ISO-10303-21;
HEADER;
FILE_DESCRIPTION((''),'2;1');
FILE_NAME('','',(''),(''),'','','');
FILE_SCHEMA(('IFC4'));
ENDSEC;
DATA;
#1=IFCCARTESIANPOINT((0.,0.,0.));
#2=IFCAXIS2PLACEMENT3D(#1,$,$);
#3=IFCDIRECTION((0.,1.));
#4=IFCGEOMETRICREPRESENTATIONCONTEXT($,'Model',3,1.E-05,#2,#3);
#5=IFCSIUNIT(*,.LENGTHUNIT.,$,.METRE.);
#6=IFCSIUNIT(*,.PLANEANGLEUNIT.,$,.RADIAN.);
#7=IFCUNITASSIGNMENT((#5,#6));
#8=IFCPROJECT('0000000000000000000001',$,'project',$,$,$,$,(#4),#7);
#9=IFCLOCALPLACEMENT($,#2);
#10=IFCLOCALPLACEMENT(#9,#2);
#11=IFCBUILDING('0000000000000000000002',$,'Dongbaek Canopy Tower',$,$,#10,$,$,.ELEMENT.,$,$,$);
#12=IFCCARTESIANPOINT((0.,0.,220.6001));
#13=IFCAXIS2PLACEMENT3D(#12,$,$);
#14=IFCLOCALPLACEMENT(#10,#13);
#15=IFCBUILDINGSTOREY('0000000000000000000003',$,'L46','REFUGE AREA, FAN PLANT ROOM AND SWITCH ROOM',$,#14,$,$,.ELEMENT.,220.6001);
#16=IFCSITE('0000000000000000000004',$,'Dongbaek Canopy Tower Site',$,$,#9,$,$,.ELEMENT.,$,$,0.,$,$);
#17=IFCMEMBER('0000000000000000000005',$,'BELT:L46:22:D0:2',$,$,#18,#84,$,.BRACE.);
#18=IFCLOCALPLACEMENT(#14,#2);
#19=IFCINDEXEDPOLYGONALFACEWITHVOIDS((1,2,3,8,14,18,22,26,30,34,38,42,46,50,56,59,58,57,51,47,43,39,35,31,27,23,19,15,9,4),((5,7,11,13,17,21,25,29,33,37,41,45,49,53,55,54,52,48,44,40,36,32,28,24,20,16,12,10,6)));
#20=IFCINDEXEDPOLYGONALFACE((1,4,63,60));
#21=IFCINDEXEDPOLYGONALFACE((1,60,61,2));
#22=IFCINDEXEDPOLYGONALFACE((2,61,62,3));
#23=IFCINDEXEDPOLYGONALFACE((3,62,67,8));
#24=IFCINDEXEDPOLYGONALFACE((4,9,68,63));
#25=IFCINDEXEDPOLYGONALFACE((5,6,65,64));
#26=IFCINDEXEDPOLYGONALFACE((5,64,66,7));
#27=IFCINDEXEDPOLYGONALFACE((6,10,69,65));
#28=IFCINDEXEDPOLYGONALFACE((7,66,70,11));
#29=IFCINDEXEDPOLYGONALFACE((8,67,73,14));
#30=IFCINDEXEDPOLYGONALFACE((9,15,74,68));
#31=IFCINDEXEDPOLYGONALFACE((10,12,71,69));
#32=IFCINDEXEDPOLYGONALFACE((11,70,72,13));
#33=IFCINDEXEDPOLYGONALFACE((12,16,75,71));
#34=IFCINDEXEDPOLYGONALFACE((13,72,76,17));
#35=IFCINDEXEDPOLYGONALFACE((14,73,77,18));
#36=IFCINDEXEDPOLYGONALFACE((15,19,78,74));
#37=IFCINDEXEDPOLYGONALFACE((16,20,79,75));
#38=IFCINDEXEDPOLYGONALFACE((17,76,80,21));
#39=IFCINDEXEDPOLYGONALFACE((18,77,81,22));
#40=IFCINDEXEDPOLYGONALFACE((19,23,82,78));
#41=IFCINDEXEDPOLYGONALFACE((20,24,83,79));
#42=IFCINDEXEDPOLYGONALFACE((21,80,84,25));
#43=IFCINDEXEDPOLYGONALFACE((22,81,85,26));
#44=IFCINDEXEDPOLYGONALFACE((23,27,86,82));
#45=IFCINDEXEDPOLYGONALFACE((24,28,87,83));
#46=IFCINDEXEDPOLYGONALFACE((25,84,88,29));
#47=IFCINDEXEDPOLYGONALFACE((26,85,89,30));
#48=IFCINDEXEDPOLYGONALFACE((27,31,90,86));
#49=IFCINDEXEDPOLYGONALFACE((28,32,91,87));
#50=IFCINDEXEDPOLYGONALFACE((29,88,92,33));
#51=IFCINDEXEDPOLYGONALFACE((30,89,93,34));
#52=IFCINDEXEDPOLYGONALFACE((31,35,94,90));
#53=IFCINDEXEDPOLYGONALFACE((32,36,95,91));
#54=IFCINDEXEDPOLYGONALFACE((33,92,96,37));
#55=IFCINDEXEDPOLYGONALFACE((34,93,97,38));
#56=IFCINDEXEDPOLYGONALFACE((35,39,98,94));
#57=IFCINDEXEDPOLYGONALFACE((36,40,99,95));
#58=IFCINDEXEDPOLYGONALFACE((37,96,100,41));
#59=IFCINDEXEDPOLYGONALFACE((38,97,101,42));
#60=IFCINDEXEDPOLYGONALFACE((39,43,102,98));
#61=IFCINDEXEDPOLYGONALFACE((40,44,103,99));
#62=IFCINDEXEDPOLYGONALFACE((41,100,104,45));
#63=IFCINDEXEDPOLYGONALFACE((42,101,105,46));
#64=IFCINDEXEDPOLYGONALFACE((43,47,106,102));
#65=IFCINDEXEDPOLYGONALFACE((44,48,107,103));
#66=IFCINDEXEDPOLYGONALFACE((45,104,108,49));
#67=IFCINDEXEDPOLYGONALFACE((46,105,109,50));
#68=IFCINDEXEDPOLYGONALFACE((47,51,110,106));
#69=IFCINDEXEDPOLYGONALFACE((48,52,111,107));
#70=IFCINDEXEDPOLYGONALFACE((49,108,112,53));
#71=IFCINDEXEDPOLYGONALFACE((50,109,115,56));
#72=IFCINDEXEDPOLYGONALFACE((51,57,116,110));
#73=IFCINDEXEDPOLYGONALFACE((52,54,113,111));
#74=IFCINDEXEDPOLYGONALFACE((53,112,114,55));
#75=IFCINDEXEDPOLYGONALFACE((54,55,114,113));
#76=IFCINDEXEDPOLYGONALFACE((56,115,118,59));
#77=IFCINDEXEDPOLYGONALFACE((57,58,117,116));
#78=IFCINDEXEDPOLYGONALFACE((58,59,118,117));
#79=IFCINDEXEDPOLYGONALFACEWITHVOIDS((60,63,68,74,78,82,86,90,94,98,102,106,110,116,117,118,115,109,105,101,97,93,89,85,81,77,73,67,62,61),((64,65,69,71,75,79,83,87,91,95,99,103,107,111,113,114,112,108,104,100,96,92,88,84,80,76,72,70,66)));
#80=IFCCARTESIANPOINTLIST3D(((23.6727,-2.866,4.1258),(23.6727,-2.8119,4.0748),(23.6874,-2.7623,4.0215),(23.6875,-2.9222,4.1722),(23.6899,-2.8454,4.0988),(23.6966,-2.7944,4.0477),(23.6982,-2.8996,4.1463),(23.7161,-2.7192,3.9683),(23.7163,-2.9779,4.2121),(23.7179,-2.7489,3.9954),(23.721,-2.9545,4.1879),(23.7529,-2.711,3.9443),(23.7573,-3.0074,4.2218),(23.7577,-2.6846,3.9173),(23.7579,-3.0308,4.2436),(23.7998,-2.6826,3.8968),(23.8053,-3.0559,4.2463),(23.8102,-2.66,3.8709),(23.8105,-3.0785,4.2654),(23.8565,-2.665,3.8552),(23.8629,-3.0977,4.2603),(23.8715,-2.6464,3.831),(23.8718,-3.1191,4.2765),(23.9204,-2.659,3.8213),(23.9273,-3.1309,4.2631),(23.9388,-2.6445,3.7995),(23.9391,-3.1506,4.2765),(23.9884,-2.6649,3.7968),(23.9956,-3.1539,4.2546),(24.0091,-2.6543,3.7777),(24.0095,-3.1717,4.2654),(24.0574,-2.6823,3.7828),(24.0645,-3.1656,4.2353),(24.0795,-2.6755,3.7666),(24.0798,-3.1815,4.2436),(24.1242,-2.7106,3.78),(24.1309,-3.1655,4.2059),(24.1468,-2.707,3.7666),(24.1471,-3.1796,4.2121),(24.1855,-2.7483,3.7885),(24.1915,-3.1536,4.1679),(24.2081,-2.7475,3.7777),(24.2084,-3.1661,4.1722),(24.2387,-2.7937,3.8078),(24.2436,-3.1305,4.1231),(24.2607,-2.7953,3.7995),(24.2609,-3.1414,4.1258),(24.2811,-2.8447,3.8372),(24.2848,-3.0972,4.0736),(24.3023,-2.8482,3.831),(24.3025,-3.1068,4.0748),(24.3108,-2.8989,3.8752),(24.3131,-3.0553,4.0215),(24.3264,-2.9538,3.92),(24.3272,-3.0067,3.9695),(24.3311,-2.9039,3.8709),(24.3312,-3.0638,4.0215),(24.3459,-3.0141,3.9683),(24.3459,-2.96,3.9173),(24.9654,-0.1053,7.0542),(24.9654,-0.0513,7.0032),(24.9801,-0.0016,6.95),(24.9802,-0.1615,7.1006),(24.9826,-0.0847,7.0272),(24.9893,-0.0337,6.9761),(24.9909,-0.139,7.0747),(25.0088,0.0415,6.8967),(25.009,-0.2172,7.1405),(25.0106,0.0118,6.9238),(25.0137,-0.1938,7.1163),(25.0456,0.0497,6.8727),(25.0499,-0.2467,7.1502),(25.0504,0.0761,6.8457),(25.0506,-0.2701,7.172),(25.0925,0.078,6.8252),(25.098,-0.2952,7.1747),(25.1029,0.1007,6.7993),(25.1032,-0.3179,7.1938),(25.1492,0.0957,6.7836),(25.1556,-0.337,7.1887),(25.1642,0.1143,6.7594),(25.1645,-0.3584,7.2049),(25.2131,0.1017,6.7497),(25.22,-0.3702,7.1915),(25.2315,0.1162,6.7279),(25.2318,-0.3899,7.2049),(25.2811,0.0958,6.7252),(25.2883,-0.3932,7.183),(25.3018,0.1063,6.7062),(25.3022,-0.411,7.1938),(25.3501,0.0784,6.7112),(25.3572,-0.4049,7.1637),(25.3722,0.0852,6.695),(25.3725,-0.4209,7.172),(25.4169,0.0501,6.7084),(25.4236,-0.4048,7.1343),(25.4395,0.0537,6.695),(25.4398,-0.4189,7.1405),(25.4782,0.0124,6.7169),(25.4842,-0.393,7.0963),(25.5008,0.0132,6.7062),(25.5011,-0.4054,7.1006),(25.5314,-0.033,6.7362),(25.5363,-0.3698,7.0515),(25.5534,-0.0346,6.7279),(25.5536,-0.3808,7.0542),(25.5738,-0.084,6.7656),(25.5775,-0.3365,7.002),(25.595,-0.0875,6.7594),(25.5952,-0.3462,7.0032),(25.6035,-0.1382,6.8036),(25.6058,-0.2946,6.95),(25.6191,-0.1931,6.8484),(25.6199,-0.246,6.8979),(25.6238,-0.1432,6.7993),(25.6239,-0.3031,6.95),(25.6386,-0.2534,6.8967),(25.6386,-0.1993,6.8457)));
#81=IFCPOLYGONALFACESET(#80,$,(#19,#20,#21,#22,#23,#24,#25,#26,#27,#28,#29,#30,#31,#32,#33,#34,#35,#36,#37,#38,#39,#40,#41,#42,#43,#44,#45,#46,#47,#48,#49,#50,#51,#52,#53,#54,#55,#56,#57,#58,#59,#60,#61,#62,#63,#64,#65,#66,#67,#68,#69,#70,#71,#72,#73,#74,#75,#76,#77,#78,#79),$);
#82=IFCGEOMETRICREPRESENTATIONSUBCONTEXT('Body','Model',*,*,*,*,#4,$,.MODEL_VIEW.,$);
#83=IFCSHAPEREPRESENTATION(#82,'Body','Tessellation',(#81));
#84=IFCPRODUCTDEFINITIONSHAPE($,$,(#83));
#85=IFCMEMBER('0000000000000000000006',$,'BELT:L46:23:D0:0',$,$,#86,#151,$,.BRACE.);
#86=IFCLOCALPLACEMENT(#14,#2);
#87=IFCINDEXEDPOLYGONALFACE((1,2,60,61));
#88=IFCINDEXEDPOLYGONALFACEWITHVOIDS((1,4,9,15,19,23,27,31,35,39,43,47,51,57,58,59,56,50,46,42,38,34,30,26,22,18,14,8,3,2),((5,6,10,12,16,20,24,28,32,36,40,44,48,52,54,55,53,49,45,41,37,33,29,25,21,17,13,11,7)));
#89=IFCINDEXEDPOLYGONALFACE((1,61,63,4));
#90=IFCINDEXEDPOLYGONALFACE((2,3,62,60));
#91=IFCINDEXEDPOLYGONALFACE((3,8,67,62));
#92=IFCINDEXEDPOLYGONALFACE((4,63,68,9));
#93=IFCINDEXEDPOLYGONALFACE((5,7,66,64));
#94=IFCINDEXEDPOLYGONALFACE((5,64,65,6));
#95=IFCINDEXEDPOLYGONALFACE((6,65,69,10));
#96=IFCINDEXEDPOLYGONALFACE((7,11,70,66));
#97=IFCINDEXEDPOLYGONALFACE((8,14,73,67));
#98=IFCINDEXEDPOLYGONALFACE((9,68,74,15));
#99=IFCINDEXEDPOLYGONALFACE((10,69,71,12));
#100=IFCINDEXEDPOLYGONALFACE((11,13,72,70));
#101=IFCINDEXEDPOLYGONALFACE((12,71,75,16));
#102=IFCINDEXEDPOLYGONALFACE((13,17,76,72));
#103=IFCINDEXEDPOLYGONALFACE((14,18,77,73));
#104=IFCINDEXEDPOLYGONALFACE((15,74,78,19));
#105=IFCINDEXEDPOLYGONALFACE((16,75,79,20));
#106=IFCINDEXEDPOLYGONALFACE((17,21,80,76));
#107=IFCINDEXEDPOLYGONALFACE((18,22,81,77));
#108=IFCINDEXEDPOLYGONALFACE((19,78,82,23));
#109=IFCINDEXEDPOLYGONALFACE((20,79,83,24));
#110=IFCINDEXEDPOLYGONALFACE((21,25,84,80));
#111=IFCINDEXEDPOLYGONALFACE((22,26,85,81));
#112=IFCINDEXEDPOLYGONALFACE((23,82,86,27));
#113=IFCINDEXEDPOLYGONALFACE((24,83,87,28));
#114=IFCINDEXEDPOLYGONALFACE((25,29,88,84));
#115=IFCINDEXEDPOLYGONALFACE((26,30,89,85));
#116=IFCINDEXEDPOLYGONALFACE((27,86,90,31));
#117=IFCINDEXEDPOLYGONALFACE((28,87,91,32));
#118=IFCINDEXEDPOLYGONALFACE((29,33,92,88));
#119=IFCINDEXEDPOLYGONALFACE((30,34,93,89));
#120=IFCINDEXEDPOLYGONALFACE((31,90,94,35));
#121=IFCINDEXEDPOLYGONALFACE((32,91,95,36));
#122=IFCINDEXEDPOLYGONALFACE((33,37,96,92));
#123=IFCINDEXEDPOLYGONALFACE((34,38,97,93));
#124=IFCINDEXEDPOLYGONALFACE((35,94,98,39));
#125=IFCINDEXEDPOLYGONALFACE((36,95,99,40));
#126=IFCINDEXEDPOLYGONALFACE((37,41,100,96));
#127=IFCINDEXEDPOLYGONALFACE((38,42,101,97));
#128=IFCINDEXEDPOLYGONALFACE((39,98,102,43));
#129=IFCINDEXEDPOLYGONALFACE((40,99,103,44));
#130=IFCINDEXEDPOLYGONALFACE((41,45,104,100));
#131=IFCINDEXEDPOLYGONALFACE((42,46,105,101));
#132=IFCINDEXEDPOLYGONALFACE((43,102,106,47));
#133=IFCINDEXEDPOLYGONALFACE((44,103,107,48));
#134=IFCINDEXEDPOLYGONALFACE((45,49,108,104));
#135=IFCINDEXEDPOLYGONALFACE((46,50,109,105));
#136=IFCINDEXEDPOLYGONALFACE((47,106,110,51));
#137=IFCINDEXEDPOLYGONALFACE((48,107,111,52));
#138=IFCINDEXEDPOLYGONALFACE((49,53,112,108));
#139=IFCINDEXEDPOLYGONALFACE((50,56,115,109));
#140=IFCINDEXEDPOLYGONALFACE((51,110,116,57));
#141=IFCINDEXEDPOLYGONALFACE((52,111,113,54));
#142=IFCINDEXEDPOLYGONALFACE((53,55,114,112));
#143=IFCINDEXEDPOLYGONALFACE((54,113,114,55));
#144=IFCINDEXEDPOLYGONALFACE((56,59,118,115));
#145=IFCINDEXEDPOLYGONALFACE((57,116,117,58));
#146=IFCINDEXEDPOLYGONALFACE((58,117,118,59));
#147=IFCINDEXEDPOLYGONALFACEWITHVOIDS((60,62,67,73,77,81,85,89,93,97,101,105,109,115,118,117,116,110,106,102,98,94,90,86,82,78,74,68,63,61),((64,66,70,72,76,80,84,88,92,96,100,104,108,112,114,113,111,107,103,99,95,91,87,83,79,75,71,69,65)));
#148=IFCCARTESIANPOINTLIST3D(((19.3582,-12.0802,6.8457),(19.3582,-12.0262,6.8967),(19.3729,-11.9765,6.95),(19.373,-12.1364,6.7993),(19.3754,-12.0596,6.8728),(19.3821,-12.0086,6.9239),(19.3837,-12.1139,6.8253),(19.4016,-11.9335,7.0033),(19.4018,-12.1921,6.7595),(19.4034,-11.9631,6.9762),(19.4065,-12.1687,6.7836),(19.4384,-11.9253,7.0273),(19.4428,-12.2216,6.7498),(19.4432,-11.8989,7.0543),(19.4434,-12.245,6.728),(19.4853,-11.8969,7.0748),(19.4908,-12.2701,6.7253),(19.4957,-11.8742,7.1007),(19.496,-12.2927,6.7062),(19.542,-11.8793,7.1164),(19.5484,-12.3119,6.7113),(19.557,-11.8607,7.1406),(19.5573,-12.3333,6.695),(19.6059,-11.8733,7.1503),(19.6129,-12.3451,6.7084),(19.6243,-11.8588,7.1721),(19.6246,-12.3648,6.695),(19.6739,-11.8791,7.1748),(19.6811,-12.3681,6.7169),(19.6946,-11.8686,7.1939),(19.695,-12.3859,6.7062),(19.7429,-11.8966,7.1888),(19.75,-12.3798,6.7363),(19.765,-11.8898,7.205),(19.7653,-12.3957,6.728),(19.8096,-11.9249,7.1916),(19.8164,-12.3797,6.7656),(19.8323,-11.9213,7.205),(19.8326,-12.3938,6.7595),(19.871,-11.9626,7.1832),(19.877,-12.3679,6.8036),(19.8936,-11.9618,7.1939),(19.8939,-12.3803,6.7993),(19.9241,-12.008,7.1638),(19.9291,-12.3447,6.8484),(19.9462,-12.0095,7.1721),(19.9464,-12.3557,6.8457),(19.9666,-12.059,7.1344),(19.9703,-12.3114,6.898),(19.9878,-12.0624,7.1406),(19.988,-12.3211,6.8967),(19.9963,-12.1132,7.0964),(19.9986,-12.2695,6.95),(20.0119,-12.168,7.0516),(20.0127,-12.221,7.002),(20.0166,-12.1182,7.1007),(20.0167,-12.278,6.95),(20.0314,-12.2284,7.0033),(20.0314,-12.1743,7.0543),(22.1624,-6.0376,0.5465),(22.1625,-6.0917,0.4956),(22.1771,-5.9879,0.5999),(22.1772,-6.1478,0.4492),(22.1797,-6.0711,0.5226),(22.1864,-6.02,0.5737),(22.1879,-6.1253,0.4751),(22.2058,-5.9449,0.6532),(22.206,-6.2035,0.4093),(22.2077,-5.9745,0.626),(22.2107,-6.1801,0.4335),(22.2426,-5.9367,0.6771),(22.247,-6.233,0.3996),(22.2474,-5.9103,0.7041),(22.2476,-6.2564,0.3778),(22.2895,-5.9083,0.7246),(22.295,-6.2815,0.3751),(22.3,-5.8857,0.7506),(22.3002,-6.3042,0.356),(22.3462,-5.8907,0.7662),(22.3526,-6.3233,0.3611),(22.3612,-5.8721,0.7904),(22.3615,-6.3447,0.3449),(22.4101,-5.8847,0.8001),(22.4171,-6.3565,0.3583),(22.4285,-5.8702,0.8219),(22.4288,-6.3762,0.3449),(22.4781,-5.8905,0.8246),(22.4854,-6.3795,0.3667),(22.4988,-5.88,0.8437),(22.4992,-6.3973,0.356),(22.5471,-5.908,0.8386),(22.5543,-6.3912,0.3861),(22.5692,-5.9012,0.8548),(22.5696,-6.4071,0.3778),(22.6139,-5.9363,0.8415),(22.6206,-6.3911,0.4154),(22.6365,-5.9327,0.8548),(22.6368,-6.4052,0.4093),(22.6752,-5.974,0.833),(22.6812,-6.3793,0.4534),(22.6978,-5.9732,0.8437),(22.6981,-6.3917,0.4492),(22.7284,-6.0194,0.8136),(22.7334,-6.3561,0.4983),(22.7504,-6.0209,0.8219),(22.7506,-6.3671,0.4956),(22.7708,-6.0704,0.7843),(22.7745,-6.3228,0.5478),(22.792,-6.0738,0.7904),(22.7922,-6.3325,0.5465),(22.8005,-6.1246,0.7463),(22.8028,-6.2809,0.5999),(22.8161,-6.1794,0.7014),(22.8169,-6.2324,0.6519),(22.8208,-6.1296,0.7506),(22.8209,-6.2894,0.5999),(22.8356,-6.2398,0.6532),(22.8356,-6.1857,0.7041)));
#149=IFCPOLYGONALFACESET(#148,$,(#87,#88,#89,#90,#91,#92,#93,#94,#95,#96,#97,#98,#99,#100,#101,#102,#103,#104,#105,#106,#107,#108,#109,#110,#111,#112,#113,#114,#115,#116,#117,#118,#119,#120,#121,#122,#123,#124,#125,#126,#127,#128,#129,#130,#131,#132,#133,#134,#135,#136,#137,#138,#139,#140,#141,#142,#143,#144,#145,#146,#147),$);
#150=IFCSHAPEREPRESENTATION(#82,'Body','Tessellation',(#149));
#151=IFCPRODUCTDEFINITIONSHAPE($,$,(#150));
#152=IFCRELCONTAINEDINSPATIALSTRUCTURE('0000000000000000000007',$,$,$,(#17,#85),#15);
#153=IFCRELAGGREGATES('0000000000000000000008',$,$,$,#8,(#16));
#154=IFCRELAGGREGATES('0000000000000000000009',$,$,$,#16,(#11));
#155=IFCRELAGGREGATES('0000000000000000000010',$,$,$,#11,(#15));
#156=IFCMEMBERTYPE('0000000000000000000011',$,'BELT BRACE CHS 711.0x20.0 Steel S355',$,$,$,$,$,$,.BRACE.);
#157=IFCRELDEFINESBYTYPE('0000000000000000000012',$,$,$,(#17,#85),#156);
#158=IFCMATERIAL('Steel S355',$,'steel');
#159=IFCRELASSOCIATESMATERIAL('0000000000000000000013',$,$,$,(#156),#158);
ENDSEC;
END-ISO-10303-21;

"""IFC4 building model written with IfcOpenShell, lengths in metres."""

from ifc_helpers import new_model, si_unit, direction, frame, origin, origin_2d, place, context, subcontext, project, spatial, hollow_circle, extrude, material, material_profile, profile_set, type_object, element, save


model = new_model("IFC4")

# Units and contexts
model_context = context("Model", 3, precision=1e-05, world=origin(), true_north=direction((0.0, 1.0)))
body_context = subcontext(model_context, "Body", "Model", "MODEL_VIEW")
ifc_project = project(units=[si_unit("LENGTHUNIT", "METRE"), si_unit("PLANEANGLEUNIT", "RADIAN")], contexts=[model_context])

# Site, building, storey
site_placement = place(None, origin())
site = spatial("IfcSite", under=ifc_project, at=site_placement, Name="Dongbaek Canopy Tower Site", CompositionType="ELEMENT", RefElevation=0.0)
building_placement = place(site_placement, origin())
building = spatial("IfcBuilding", under=site, at=building_placement, Name="Dongbaek Canopy Tower", CompositionType="ELEMENT")
storey_placement = place(building_placement, frame((0.0, 0.0, 220.6001)))
storey = spatial("IfcBuildingStorey", under=building, at=storey_placement, Name="L46", Description="REFUGE AREA, FAN PLANT ROOM AND SWITCH ROOM", CompositionType="ELEMENT", Elevation=220.6001)

# Members
ifc_material_1 = material(Name="Steel S355", Category="steel")
ifc_material_profile_1 = material_profile(ifc_material_1, hollow_circle(Radius=0.3555, WallThickness=0.02, at=origin_2d()), Name="BELT BRACE CHS 711.0x20.0 Steel S355")
ifc_profile_set_1 = profile_set([ifc_material_profile_1], Name="Steel S355")
member_type_1 = type_object("IfcMemberType", Name="BELT BRACE CHS 711.0x20.0 Steel S355", PredefinedType="BRACE", material=ifc_profile_set_1)
for number, where, z_axis, x_axis, name in (
    (1, (25.302, -0.1523, 6.95), (-0.305815, -0.653099, -0.692777), (0.905632, -0.424065, 0.0), "BELT:L46:22:D0:2"),
):
    element("IfcMember", number, at=place(storey_placement, frame(where, z_axis=z_axis, x_axis=x_axis)), inside=storey, type_object=member_type_1, Name=name, PredefinedType="BRACE", context=body_context, shape_type="SweptSolid", body=[
        extrude(hollow_circle(Radius=0.3555, WallThickness=0.02, at=origin_2d()), origin(), (0.0, 0.0, 1.0), 4.2271),
    ])
member_1_placement = place(storey_placement, frame((22.499, -6.1387, 0.5999), z_axis=(-0.305873, -0.653208, 0.692648), x_axis=(0.905629, -0.424072, 0.0)))
element("IfcMember", 2, at=member_1_placement, inside=storey, type_object=member_type_1, Name="BELT:L46:23:D0:0", PredefinedType="BRACE", context=body_context, shape_type="SweptSolid", body=[
    extrude(hollow_circle(Radius=0.3555, WallThickness=0.02, at=origin_2d()), origin(), (0.0, 0.0, 1.0), 9.168),
])

save(model, "model.ifc")
